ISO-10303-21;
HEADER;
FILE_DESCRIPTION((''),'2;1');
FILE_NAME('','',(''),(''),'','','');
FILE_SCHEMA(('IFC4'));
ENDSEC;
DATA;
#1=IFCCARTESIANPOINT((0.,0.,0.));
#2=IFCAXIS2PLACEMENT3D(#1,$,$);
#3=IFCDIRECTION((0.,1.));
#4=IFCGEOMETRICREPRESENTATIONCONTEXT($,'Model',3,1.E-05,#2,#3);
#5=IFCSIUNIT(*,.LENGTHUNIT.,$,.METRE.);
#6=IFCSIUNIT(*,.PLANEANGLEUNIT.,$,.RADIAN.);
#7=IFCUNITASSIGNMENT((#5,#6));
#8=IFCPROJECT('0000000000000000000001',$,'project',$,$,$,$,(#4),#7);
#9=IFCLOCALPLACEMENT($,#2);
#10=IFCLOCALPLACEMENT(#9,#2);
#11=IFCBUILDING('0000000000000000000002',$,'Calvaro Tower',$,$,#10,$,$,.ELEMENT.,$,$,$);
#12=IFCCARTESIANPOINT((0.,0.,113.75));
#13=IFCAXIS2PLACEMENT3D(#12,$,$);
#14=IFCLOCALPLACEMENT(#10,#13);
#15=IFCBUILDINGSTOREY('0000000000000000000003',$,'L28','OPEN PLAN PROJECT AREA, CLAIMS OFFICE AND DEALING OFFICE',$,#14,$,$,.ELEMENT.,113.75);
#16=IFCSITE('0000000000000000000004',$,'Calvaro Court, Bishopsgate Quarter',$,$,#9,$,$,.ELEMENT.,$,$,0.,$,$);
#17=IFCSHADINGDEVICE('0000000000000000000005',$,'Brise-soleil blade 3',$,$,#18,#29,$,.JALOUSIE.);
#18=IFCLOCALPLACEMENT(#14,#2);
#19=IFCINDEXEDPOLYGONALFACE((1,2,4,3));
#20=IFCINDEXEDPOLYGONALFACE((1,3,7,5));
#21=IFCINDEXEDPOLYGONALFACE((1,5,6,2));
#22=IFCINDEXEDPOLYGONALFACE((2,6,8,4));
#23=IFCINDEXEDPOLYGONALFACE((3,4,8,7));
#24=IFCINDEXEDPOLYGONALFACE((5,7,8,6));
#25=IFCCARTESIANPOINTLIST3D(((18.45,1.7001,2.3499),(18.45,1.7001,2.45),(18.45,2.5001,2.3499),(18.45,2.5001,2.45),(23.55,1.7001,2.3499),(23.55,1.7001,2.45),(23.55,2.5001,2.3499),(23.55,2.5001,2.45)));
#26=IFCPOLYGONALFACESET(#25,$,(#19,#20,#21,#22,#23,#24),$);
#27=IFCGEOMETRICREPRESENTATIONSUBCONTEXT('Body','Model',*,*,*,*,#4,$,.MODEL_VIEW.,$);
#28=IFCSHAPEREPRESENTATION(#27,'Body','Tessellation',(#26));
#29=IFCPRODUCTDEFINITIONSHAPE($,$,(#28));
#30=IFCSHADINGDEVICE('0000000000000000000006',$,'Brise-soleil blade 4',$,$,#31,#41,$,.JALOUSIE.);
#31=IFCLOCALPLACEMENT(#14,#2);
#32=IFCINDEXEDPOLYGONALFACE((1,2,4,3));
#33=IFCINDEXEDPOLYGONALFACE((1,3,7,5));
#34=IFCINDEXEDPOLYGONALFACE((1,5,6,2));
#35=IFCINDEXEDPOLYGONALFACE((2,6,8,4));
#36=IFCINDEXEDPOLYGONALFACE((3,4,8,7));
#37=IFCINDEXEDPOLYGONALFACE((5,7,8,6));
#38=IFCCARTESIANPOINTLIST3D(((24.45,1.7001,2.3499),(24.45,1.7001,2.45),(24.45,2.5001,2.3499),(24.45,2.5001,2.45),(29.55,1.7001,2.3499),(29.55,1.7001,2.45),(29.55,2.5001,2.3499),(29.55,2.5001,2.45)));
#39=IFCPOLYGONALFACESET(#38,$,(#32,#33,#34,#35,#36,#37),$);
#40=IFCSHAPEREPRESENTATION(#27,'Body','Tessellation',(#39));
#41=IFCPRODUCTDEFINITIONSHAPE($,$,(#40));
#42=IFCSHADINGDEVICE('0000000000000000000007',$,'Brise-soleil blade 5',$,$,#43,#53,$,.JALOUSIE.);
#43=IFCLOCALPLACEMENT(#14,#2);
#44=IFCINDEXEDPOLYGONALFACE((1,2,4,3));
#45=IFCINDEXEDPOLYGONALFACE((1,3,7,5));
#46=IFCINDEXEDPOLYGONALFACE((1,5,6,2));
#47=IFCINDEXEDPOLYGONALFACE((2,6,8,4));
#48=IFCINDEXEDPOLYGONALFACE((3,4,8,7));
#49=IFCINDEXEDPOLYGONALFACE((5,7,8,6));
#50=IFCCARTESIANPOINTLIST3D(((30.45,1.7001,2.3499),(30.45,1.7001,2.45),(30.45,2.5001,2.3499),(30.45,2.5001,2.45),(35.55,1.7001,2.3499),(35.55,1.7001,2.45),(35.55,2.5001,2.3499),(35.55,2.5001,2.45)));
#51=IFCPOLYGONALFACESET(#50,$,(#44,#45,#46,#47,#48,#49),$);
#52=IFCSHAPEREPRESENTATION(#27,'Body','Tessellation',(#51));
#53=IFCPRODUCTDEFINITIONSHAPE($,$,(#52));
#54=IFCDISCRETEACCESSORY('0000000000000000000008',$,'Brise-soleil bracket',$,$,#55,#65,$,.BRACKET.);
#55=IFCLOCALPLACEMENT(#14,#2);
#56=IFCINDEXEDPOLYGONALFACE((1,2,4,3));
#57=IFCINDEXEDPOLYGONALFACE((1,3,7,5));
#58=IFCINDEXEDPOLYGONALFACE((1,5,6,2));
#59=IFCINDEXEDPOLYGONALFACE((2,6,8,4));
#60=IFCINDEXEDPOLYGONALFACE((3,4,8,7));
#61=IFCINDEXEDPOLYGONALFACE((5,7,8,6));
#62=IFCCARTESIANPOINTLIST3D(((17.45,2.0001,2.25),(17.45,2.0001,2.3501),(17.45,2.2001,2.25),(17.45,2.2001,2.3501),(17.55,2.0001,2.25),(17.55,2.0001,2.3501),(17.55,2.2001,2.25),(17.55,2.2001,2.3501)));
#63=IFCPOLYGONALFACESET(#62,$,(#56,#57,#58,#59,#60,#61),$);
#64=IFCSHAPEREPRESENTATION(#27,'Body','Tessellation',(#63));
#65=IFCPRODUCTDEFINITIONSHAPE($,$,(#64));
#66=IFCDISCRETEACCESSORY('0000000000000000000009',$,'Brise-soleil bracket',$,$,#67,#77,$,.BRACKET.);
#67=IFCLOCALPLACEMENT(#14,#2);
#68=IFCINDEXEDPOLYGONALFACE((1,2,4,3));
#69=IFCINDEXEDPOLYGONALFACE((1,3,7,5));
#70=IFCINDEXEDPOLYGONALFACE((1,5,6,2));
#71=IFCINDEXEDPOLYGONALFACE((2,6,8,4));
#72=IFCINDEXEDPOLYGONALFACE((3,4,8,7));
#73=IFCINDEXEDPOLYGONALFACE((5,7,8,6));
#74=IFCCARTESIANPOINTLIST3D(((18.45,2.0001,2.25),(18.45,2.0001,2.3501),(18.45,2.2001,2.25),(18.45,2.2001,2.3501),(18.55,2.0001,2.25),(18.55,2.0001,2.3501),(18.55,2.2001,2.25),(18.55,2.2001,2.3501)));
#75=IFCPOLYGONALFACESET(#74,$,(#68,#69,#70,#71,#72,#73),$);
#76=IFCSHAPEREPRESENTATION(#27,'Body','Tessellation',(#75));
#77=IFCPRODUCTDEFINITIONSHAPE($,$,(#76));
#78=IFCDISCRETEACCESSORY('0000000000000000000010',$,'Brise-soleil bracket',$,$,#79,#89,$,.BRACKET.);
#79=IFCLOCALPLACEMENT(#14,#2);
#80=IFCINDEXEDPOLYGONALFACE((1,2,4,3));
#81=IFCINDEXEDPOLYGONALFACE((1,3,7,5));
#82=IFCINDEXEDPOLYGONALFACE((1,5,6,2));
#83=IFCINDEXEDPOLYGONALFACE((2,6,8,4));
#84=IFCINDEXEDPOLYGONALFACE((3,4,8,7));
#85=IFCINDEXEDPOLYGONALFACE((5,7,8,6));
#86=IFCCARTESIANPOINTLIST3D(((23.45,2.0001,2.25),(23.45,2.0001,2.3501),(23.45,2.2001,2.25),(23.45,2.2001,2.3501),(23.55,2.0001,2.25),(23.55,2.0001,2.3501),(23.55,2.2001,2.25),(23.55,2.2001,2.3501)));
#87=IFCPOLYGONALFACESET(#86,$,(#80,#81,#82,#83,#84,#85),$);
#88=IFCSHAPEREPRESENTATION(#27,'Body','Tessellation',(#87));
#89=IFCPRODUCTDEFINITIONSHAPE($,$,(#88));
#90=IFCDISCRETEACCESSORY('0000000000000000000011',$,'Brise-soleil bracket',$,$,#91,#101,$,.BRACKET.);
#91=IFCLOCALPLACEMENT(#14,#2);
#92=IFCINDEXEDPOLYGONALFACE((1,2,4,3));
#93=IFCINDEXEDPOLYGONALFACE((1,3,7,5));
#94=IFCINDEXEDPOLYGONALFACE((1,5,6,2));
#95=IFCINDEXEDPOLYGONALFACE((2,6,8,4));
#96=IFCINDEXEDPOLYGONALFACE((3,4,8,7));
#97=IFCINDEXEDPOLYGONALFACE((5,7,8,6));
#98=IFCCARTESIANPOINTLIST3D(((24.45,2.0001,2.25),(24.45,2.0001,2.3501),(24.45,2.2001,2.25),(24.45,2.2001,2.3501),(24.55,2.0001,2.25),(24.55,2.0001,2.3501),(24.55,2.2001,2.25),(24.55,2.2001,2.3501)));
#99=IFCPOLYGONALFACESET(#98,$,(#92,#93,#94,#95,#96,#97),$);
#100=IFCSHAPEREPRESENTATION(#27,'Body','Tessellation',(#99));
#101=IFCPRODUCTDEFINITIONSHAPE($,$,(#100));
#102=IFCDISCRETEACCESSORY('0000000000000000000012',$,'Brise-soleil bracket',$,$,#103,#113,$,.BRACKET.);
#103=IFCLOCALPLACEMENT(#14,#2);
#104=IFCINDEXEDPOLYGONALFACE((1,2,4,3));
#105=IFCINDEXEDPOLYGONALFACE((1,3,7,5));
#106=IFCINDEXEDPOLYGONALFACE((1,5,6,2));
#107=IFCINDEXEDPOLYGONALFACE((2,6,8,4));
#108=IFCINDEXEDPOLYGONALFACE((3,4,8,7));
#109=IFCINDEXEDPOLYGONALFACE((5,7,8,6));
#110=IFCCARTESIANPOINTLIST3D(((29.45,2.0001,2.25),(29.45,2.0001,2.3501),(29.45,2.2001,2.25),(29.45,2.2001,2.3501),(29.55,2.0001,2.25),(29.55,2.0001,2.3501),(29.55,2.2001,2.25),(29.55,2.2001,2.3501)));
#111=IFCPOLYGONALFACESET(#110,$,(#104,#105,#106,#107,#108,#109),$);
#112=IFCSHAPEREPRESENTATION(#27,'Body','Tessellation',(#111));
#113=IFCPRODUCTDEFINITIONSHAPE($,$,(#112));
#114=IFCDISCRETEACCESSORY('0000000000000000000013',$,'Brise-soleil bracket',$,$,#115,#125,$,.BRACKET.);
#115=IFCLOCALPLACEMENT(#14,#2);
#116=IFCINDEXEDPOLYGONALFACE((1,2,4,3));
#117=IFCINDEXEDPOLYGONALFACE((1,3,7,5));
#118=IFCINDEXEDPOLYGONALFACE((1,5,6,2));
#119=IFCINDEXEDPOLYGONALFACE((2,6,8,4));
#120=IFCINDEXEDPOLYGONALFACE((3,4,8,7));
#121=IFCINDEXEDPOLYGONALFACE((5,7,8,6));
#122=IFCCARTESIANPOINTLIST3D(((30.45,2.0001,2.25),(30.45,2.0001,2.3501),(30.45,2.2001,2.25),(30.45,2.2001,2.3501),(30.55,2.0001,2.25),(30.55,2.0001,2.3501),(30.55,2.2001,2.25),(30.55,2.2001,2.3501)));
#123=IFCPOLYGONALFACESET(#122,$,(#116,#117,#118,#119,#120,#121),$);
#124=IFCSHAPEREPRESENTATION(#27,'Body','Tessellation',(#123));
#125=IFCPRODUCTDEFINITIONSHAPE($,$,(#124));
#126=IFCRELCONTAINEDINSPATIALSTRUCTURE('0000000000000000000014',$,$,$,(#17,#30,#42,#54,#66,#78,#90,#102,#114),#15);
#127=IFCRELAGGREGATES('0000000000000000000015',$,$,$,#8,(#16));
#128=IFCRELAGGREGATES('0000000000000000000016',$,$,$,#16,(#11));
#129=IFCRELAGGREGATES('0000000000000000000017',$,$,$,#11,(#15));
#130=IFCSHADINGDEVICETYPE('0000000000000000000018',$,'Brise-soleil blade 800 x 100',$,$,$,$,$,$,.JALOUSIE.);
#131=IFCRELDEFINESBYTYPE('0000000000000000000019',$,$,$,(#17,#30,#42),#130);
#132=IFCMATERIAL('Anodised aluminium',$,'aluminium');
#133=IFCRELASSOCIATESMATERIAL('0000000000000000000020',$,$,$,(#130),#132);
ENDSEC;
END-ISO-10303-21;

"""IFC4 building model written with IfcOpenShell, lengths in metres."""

from ifc_helpers import new_model, si_unit, direction, frame, origin, origin_2d, place, context, subcontext, project, spatial, rectangle, extrude, material, material_profile, profile_set, type_object, element, save


model = new_model("IFC4")

# Units and contexts
model_context = context("Model", 3, precision=1e-05, world=origin(), true_north=direction((0.0, 1.0)))
body_context = subcontext(model_context, "Body", "Model", "MODEL_VIEW")
ifc_project = project(units=[si_unit("LENGTHUNIT", "METRE"), si_unit("PLANEANGLEUNIT", "RADIAN")], contexts=[model_context])

# Site, building, storey
site_placement = place(None, origin())
site = spatial("IfcSite", under=ifc_project, at=site_placement, Name="Calvaro Court, Bishopsgate Quarter", CompositionType="ELEMENT", RefElevation=0.0)
building_placement = place(site_placement, origin())
building = spatial("IfcBuilding", under=site, at=building_placement, Name="Calvaro Tower", CompositionType="ELEMENT")
storey_placement = place(building_placement, frame((0.0, 0.0, 113.75)))
storey = spatial("IfcBuildingStorey", under=building, at=storey_placement, Name="L28", Description="OPEN PLAN PROJECT AREA, CLAIMS OFFICE AND DEALING OFFICE", CompositionType="ELEMENT", Elevation=113.75)

# Shading devices
ifc_material_1 = material(Name="Anodised aluminium", Category="aluminium")
ifc_material_profile_1 = material_profile(ifc_material_1, rectangle(XDim=0.8, YDim=0.1001, at=origin_2d()), Name="Brise-soleil blade 800 x 100")
ifc_profile_set_1 = profile_set([ifc_material_profile_1], Name="Anodised aluminium")
shading_device_type = type_object("IfcShadingDeviceType", Name="Brise-soleil blade 800 x 100", PredefinedType="JALOUSIE", material=ifc_profile_set_1)
for number, where, z_axis, x_axis, name in (
    (1, (18.45, 2.1001, 2.3999), (1.0, 0.0, 0.0), (0.0, 1.0, 0.0), "Brise-soleil blade 3"),
    (2, (24.45, 2.1001, 2.3999), (1.0, 0.0, 0.0), (0.0, 1.0, 0.0), "Brise-soleil blade 4"),
    (3, (30.45, 2.1001, 2.3999), (1.0, 0.0, 0.0), (0.0, 1.0, 0.0), "Brise-soleil blade 5"),
):
    element("IfcShadingDevice", number, at=place(storey_placement, frame(where, z_axis=z_axis, x_axis=x_axis)), inside=storey, type_object=shading_device_type, Name=name, PredefinedType="JALOUSIE", context=body_context, shape_type="SweptSolid", body=[
        extrude(rectangle(XDim=0.8, YDim=0.1001, at=origin_2d()), origin(), (0.0, 0.0, 1.0), 5.1001),
    ])

# Discrete accessories
for number, where, z_axis, x_axis, name in (
    (4, (17.5, 2.1001, 2.25), (0.0, 0.0, 1.0), (1.0, 0.0, 0.0), "Brise-soleil bracket"),
    (5, (18.5, 2.1001, 2.25), (0.0, 0.0, 1.0), (1.0, 0.0, 0.0), "Brise-soleil bracket"),
    (6, (23.5, 2.1001, 2.25), (0.0, 0.0, 1.0), (1.0, 0.0, 0.0), "Brise-soleil bracket"),
    (7, (24.5, 2.1001, 2.25), (0.0, 0.0, 1.0), (1.0, 0.0, 0.0), "Brise-soleil bracket"),
    (8, (29.5, 2.1001, 2.25), (0.0, 0.0, 1.0), (1.0, 0.0, 0.0), "Brise-soleil bracket"),
    (9, (30.5, 2.1001, 2.25), (0.0, 0.0, 1.0), (1.0, 0.0, 0.0), "Brise-soleil bracket"),
):
    element("IfcDiscreteAccessory", number, at=place(storey_placement, frame(where, z_axis=z_axis, x_axis=x_axis)), inside=storey, Name=name, PredefinedType="BRACKET", context=body_context, shape_type="SweptSolid", body=[
        extrude(rectangle(XDim=0.1001, YDim=0.2, at=origin_2d()), origin(), (0.0, 0.0, 1.0), 0.1001),
    ])

save(model, "model.ifc")
